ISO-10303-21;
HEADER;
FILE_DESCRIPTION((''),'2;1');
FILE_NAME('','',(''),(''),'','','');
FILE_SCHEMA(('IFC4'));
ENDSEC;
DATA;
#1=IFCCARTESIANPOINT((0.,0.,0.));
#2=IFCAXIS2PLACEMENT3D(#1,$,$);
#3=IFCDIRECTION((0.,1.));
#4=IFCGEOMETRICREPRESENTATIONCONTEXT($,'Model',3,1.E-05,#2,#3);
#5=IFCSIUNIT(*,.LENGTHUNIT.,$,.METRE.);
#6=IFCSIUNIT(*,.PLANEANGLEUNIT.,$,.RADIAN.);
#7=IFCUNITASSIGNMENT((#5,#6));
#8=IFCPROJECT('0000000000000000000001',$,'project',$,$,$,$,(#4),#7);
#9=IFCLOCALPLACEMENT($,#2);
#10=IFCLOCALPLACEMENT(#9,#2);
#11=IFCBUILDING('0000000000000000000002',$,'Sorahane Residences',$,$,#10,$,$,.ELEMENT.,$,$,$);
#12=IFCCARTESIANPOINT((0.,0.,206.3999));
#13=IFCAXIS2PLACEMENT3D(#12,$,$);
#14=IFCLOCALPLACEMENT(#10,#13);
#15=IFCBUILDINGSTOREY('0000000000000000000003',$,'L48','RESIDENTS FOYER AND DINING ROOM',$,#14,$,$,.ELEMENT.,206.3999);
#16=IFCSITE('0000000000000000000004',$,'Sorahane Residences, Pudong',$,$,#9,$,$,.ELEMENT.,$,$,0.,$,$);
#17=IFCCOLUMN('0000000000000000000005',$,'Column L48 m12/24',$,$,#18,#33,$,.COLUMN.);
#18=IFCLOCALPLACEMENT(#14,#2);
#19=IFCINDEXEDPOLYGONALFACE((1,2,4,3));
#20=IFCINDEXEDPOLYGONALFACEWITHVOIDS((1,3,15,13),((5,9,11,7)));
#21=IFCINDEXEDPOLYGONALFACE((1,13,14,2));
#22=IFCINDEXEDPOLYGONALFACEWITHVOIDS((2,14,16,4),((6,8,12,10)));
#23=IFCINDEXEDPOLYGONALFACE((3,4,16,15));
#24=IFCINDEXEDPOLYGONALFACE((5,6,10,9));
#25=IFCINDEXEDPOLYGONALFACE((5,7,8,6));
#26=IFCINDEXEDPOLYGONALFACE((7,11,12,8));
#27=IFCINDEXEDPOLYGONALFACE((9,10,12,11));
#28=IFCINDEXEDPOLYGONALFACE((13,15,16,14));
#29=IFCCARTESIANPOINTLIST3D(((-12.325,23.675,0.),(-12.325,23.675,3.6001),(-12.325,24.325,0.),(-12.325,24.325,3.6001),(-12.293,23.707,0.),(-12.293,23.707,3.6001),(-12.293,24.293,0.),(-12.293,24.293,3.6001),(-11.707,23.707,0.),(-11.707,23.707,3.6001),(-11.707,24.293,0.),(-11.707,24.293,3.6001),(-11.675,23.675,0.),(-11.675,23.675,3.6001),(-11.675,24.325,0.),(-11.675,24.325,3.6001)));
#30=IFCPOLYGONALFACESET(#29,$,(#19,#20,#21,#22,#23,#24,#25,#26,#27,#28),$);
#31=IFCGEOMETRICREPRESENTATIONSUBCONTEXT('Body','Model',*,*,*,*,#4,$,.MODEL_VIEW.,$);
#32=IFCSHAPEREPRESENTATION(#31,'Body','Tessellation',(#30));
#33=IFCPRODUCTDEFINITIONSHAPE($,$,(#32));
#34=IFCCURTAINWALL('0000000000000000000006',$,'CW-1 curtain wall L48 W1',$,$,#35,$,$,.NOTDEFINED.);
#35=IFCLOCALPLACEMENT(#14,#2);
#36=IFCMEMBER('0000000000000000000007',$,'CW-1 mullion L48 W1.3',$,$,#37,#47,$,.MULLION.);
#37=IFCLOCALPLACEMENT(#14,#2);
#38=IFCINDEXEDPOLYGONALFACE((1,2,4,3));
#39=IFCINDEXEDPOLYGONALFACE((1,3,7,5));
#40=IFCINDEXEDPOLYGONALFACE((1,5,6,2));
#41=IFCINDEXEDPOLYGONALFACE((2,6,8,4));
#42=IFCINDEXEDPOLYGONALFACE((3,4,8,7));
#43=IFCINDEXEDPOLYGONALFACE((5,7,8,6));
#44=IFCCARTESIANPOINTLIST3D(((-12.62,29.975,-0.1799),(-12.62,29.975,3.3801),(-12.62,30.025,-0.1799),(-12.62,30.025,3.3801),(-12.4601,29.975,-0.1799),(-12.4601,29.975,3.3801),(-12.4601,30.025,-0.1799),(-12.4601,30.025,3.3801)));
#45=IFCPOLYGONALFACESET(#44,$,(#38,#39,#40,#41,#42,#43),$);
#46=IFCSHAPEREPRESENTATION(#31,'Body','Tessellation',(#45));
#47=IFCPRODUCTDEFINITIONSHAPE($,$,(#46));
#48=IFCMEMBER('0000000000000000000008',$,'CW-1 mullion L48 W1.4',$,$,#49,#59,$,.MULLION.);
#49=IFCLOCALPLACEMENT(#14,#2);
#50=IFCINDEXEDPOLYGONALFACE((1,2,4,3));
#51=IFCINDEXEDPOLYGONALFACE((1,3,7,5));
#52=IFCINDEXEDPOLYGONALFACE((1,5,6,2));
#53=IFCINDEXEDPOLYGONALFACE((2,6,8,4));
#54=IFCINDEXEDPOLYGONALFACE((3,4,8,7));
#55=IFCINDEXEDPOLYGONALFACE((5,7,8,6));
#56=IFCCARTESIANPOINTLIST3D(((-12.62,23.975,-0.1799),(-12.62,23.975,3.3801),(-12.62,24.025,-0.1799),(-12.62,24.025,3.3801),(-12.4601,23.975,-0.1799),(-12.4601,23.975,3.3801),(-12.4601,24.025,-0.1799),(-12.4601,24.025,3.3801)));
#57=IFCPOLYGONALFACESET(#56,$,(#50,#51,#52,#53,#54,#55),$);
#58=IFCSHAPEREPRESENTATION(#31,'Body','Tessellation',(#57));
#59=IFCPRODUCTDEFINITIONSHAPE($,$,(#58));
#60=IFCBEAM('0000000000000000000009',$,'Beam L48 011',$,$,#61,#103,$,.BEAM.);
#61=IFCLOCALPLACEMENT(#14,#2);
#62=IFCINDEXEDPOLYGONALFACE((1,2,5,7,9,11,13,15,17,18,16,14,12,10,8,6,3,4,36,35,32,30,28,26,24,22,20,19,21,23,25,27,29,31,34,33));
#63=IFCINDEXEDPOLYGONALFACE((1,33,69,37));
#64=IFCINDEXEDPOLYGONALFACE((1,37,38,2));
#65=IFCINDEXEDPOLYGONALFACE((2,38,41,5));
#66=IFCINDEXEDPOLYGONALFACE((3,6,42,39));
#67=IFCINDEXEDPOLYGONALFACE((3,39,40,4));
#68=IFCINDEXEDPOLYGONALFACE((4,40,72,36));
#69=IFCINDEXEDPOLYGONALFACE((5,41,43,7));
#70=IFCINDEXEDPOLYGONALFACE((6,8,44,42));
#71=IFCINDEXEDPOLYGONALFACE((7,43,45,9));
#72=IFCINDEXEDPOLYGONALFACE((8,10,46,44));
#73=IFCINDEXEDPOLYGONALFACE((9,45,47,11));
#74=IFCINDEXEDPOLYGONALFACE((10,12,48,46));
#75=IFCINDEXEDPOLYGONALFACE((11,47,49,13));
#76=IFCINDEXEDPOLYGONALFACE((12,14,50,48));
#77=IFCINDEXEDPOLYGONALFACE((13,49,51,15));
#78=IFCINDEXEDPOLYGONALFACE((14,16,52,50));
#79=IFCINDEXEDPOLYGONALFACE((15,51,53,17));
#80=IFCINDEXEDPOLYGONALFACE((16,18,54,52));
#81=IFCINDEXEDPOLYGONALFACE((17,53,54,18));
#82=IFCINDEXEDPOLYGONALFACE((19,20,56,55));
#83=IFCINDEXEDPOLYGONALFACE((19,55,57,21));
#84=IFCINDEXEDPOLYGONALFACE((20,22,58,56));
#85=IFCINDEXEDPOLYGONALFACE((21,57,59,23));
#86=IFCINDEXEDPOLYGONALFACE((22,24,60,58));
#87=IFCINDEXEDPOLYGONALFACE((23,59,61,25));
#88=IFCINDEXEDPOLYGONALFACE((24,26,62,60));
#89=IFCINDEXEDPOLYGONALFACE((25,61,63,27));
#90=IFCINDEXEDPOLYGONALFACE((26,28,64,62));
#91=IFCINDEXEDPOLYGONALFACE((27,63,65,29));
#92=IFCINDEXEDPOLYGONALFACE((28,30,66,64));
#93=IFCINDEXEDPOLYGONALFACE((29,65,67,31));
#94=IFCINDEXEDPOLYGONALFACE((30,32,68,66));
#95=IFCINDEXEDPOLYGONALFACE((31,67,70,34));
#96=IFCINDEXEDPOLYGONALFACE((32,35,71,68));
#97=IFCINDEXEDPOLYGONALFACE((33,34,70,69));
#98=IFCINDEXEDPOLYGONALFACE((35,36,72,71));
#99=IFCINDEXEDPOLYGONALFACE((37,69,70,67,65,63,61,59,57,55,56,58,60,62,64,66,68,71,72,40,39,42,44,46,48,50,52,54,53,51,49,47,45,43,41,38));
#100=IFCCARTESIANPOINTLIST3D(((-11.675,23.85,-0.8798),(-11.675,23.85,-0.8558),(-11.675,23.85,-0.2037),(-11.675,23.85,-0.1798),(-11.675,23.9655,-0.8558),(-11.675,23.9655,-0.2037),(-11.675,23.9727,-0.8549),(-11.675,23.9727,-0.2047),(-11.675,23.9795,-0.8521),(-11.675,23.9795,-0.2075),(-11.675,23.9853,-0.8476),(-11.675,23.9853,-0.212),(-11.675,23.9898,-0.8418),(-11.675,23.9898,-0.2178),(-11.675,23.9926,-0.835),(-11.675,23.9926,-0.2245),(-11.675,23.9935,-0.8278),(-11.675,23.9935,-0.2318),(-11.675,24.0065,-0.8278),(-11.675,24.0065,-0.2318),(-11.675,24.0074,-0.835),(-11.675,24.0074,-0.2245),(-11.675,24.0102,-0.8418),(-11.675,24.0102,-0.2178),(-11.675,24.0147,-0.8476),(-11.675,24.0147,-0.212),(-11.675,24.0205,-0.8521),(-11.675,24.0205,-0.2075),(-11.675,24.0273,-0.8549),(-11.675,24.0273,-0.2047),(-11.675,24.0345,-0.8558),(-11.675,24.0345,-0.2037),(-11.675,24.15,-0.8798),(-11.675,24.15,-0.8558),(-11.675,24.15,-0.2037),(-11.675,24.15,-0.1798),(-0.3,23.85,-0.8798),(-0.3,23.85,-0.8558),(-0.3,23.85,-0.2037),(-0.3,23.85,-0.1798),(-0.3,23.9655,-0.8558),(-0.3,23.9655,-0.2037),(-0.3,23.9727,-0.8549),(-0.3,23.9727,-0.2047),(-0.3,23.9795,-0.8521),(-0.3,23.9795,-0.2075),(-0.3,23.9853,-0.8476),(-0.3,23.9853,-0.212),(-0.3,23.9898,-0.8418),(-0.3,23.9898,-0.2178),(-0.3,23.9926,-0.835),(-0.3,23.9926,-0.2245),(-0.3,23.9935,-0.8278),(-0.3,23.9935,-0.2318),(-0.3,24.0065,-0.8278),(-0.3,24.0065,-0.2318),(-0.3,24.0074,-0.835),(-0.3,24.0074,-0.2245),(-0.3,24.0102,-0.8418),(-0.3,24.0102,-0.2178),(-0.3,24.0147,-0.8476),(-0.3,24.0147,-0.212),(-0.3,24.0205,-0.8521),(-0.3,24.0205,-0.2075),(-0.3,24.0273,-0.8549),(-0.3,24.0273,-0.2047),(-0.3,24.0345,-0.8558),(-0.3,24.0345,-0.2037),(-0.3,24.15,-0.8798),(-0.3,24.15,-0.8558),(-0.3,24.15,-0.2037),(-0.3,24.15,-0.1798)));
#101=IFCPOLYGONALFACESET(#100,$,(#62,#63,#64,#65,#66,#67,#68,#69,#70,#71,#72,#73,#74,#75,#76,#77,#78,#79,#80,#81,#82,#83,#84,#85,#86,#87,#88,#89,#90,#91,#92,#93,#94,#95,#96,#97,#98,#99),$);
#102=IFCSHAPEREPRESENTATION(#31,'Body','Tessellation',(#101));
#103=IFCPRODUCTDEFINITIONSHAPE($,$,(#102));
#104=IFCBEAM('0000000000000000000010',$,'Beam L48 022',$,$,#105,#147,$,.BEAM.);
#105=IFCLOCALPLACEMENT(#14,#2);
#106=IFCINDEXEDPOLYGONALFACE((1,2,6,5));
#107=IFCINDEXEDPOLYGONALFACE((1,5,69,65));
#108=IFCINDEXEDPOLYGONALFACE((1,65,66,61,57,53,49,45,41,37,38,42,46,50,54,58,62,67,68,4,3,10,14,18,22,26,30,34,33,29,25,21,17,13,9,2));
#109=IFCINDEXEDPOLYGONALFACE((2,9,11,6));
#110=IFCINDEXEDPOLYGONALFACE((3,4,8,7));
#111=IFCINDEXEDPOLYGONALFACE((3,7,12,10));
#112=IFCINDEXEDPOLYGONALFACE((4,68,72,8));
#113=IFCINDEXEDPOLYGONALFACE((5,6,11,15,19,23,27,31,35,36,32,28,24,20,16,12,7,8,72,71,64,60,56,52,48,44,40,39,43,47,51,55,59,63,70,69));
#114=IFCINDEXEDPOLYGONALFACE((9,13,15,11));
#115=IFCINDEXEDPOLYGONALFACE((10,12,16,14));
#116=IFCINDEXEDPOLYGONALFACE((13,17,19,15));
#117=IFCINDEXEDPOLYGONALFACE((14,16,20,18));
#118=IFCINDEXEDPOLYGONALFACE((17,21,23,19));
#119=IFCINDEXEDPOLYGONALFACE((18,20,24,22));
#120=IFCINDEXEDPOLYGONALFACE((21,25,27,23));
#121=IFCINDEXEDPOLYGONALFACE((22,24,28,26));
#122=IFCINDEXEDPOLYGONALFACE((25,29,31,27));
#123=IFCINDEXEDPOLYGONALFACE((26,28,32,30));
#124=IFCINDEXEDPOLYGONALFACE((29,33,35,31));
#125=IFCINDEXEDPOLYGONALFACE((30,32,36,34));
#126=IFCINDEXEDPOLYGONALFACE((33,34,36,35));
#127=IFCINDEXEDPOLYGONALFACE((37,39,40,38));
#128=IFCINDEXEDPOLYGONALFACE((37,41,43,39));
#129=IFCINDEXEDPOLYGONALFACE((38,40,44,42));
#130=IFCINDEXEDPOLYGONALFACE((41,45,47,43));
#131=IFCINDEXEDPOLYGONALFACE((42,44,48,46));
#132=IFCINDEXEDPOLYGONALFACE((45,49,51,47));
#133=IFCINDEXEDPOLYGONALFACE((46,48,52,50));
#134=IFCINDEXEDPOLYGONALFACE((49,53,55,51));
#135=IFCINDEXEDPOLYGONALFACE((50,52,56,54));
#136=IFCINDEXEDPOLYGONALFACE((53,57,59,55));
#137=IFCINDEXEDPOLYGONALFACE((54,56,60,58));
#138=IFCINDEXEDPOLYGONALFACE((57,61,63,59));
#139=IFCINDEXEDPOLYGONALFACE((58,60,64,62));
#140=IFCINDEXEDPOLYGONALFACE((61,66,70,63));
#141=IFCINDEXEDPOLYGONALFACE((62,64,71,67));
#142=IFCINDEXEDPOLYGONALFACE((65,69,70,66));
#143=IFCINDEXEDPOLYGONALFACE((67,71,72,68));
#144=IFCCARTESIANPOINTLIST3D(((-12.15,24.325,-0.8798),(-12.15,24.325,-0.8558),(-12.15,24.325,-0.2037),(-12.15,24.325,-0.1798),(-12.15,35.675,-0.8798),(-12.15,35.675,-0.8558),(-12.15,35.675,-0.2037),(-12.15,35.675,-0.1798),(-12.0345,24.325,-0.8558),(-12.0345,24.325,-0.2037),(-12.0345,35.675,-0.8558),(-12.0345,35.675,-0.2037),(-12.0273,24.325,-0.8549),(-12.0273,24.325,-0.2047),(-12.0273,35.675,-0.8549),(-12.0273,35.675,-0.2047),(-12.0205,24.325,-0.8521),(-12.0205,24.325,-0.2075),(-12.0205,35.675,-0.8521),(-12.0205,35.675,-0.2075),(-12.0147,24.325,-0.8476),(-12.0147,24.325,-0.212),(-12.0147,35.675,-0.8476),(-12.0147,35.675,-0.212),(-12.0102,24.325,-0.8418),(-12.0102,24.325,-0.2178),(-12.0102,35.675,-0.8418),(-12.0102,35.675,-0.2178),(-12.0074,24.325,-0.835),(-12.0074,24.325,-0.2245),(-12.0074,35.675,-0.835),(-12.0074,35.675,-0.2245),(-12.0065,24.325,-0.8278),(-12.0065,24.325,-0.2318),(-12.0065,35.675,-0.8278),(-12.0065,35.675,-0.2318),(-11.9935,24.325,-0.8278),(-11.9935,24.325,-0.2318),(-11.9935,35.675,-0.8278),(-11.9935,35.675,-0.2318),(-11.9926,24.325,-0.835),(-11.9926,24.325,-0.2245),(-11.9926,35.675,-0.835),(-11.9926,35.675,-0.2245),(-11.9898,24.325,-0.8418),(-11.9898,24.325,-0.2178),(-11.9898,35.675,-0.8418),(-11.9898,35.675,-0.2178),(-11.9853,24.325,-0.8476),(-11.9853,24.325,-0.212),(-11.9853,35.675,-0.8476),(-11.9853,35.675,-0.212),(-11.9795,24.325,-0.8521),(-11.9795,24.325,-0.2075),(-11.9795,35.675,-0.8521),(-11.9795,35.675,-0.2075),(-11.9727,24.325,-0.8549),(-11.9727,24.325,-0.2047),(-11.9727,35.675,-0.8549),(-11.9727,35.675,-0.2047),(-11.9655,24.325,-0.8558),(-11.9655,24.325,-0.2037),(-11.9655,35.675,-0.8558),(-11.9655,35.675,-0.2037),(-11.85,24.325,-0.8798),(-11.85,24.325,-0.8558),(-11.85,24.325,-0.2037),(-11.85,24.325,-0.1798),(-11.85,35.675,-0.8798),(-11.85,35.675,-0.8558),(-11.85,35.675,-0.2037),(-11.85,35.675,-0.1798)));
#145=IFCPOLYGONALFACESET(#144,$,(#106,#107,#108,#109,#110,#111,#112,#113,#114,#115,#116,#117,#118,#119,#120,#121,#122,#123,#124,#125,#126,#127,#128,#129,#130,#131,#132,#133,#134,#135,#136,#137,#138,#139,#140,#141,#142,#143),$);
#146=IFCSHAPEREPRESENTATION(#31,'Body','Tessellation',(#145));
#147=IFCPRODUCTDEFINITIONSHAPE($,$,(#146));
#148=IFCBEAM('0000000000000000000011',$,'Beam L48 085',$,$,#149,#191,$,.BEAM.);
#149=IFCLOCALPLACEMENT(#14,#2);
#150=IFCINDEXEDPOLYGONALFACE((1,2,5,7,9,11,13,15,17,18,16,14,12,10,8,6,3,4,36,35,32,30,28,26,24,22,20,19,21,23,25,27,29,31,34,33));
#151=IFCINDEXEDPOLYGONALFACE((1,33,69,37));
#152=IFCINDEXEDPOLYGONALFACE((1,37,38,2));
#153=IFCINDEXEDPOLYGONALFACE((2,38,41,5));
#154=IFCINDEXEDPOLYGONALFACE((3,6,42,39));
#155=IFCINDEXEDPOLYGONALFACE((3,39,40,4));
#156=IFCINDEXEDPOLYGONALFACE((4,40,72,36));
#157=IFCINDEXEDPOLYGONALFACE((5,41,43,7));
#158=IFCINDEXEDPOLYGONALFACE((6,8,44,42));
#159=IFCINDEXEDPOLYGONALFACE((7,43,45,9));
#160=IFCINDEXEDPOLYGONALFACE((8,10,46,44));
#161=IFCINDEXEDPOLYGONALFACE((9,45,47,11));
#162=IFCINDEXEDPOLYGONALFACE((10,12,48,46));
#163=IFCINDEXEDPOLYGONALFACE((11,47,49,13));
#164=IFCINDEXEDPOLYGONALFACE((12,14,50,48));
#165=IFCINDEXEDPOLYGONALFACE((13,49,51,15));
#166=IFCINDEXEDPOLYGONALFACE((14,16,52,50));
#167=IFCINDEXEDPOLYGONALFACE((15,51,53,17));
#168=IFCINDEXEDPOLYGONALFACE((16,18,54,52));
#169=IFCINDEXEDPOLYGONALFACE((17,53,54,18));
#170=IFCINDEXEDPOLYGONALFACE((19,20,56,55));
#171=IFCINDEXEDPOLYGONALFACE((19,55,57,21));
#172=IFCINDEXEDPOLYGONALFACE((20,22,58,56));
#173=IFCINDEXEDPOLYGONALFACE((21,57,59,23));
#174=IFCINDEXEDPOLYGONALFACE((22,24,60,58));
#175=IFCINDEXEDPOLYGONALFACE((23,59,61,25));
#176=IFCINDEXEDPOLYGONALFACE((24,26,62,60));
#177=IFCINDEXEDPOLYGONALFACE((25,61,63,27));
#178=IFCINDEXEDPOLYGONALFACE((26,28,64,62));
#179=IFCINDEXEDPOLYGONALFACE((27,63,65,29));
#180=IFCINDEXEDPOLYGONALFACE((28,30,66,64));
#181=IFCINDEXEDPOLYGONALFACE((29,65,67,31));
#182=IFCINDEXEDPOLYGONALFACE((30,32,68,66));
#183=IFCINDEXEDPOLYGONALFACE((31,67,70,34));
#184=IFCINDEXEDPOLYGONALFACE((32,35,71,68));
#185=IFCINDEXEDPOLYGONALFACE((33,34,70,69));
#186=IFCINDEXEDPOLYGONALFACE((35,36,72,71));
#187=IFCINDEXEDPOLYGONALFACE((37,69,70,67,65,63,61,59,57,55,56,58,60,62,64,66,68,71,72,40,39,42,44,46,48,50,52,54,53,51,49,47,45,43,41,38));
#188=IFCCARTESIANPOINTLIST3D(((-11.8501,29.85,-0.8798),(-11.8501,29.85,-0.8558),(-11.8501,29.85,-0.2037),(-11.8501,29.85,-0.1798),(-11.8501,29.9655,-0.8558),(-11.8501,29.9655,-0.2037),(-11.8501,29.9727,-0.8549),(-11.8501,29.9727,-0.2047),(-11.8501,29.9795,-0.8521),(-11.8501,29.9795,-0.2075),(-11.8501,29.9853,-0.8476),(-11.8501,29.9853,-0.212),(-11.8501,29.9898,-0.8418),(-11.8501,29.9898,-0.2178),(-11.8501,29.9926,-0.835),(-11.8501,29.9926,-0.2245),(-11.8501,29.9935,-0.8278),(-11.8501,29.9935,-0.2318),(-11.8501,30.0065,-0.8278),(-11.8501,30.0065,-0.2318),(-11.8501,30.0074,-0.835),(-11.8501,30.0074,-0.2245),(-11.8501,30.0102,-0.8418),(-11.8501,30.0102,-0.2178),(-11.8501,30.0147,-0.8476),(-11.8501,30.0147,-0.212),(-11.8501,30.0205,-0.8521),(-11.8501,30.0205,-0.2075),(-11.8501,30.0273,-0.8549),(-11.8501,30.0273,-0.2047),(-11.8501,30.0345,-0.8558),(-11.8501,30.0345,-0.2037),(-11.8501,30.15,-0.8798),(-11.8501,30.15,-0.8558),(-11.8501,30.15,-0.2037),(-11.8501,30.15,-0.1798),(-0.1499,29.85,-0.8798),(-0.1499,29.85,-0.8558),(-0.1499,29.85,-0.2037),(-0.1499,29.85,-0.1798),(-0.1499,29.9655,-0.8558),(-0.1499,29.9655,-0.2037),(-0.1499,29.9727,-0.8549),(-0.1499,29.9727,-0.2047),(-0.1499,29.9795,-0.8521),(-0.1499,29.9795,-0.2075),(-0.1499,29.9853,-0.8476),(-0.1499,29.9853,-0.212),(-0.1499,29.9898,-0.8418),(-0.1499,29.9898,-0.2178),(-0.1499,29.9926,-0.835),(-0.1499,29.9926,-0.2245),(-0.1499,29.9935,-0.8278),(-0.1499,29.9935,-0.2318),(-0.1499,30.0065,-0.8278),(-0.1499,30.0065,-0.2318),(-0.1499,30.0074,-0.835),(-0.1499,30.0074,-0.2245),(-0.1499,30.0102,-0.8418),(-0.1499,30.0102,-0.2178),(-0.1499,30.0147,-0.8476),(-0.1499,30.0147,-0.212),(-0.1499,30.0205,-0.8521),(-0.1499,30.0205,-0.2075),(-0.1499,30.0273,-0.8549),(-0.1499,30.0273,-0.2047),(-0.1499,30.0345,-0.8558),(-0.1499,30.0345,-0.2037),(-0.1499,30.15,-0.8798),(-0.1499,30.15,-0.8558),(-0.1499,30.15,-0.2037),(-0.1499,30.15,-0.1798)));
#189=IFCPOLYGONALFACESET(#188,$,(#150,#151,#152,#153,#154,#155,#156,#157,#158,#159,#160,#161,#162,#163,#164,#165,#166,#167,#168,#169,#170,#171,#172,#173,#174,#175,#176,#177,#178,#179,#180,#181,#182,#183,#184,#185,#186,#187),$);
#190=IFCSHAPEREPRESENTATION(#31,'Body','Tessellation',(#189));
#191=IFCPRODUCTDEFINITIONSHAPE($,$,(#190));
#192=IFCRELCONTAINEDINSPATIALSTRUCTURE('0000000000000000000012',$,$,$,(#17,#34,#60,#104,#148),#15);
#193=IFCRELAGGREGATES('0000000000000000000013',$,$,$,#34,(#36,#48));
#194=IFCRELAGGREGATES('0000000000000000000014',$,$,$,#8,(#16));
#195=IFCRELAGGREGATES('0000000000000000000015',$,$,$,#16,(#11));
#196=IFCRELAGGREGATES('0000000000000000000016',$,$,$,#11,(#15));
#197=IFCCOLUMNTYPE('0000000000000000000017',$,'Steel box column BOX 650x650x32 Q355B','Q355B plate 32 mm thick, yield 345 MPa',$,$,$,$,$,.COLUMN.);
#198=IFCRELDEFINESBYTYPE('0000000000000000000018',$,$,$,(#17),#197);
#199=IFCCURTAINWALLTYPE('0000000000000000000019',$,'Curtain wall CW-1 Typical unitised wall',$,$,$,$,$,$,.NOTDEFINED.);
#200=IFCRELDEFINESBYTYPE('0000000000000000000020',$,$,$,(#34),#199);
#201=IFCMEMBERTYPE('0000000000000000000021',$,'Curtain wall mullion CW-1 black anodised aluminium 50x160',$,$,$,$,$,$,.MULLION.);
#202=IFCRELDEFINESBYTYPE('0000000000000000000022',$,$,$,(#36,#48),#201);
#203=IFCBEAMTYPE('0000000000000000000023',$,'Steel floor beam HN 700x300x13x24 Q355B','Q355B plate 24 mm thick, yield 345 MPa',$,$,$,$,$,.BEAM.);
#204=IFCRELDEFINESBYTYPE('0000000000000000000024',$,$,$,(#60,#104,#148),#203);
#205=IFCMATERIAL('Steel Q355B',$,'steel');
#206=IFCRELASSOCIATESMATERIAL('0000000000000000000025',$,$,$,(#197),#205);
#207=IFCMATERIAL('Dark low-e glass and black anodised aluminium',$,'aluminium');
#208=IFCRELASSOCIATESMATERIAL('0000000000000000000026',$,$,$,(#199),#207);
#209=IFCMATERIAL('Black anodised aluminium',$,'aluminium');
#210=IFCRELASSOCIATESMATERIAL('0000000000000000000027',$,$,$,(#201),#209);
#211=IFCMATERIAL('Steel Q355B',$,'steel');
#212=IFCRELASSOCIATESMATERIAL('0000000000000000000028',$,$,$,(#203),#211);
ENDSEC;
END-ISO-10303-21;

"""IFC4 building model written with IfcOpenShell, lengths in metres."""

from ifc_helpers import new_model, si_unit, direction, frame, origin, origin_2d, place, context, subcontext, project, spatial, rectangle, hollow_rectangle, i_section, extrude, material, material_profile, profile_set, type_object, element, aggregate, save


model = new_model("IFC4")

# Units and contexts
model_context = context("Model", 3, precision=1e-05, world=origin(), true_north=direction((0.0, 1.0)))
body_context = subcontext(model_context, "Body", "Model", "MODEL_VIEW")
ifc_project = project(units=[si_unit("LENGTHUNIT", "METRE"), si_unit("PLANEANGLEUNIT", "RADIAN")], contexts=[model_context])

# Site, building, storey
site_placement = place(None, origin())
site = spatial("IfcSite", under=ifc_project, at=site_placement, Name="Sorahane Residences, Pudong", CompositionType="ELEMENT", RefElevation=0.0)
building_placement = place(site_placement, origin())
building = spatial("IfcBuilding", under=site, at=building_placement, Name="Sorahane Residences", CompositionType="ELEMENT")
storey_placement = place(building_placement, frame((0.0, 0.0, 206.3999)))
storey = spatial("IfcBuildingStorey", under=building, at=storey_placement, Name="L48", Description="RESIDENTS FOYER AND DINING ROOM", CompositionType="ELEMENT", Elevation=206.3999)

# Column
ifc_material_1 = material(Name="Steel Q355B", Category="steel")
ifc_material_profile_1 = material_profile(ifc_material_1, hollow_rectangle(XDim=0.6499, YDim=0.6499, WallThickness=0.032, at=origin_2d()), Name="BOX 650x650x32")
ifc_profile_set_1 = profile_set([ifc_material_profile_1], Name="Steel Q355B")
column_type = type_object("IfcColumnType", Name="Steel box column BOX 650x650x32 Q355B", Description="Q355B plate 32 mm thick, yield 345 MPa", PredefinedType="COLUMN", material=ifc_profile_set_1)
column_placement = place(storey_placement, frame((-12.0, 24.0, 0.0), z_axis=(0.0, 0.0, 1.0), x_axis=(1.0, 0.0, 0.0)))
element("IfcColumn", 1, at=column_placement, inside=storey, type_object=column_type, Name="Column L48 m12/24", PredefinedType="COLUMN", context=body_context, shape_type="SweptSolid", body=[
    extrude(hollow_rectangle(XDim=0.6499, YDim=0.6499, WallThickness=0.032, at=origin_2d()), origin(), (0.0, 0.0, 1.0), 3.6001),
])

# Curtain wall, members
ifc_material_2 = material(Name="Dark low-e glass and black anodised aluminium", Category="aluminium")
curtain_wall_type = type_object("IfcCurtainWallType", Name="Curtain wall CW-1 Typical unitised wall", PredefinedType="NOTDEFINED", material=ifc_material_2)
curtain_wall_placement = place(storey_placement, origin())
curtain_wall = element("IfcCurtainWall", 2, at=curtain_wall_placement, inside=storey, type_object=curtain_wall_type, Name="CW-1 curtain wall L48 W1", PredefinedType="NOTDEFINED")
ifc_material_3 = material(Name="Black anodised aluminium", Category="aluminium")
ifc_material_profile_2 = material_profile(ifc_material_3, rectangle(XDim=0.1599, YDim=0.05, at=origin_2d()), Name="Curtain wall mullion CW-1 black anodised aluminium 50x160")
ifc_profile_set_2 = profile_set([ifc_material_profile_2], Name="Black anodised aluminium")
member_type = type_object("IfcMemberType", Name="Curtain wall mullion CW-1 black anodised aluminium 50x160", PredefinedType="MULLION", material=ifc_profile_set_2)
member_1_placement = place(storey_placement, frame((-12.54, 30.0, -0.1799), z_axis=(0.0, 0.0, 1.0), x_axis=(-1.0, 0.0, 0.0)))
member_1 = element("IfcMember", 3, at=member_1_placement, type_object=member_type, Name="CW-1 mullion L48 W1.3", PredefinedType="MULLION", context=body_context, shape_type="SweptSolid", body=[
    extrude(rectangle(XDim=0.1599, YDim=0.05, at=origin_2d()), origin(), (0.0, 0.0, 1.0), 3.5601),
])
member_2_placement = place(storey_placement, frame((-12.54, 24.0, -0.1799), z_axis=(0.0, 0.0, 1.0), x_axis=(-1.0, 0.0, 0.0)))
member_2 = element("IfcMember", 4, at=member_2_placement, type_object=member_type, Name="CW-1 mullion L48 W1.4", PredefinedType="MULLION", context=body_context, shape_type="SweptSolid", body=[
    extrude(rectangle(XDim=0.1599, YDim=0.05, at=origin_2d()), origin(), (0.0, 0.0, 1.0), 3.5601),
])

# Beams
ifc_material_4 = material(Name="Steel Q355B", Category="steel")
ifc_material_profile_3 = material_profile(ifc_material_4, i_section(OverallWidth=0.3, OverallDepth=0.7, WebThickness=0.0129, FlangeThickness=0.0239, FilletRadius=0.0281, at=origin_2d()), Name="HN 700x300x13x24")
ifc_profile_set_3 = profile_set([ifc_material_profile_3], Name="Steel Q355B")
beam_type = type_object("IfcBeamType", Name="Steel floor beam HN 700x300x13x24 Q355B", Description="Q355B plate 24 mm thick, yield 345 MPa", PredefinedType="BEAM", material=ifc_profile_set_3)
beam_1_placement = place(storey_placement, frame((-11.675, 24.0, -0.5298), z_axis=(1.0, 0.0, 0.0), x_axis=(0.0, 1.0, 0.0)))
element("IfcBeam", 5, at=beam_1_placement, inside=storey, type_object=beam_type, Name="Beam L48 011", PredefinedType="BEAM", context=body_context, shape_type="SweptSolid", body=[
    extrude(i_section(OverallWidth=0.3, OverallDepth=0.7, WebThickness=0.0129, FlangeThickness=0.0239, FilletRadius=0.0281, at=origin_2d()), origin(), (0.0, 0.0, 1.0), 11.375),
])
beam_2_placement = place(storey_placement, frame((-12.0, 24.325, -0.5298), z_axis=(0.0, 1.0, 0.0), x_axis=(-1.0, 0.0, 0.0)))
element("IfcBeam", 6, at=beam_2_placement, inside=storey, type_object=beam_type, Name="Beam L48 022", PredefinedType="BEAM", context=body_context, shape_type="SweptSolid", body=[
    extrude(i_section(OverallWidth=0.3, OverallDepth=0.7, WebThickness=0.0129, FlangeThickness=0.0239, FilletRadius=0.0281, at=origin_2d()), origin(), (0.0, 0.0, 1.0), 11.3501),
])
beam_3_placement = place(storey_placement, frame((-11.8501, 30.0, -0.5298), z_axis=(1.0, 0.0, 0.0), x_axis=(0.0, 1.0, 0.0)))
element("IfcBeam", 7, at=beam_3_placement, inside=storey, type_object=beam_type, Name="Beam L48 085", PredefinedType="BEAM", context=body_context, shape_type="SweptSolid", body=[
    extrude(i_section(OverallWidth=0.3, OverallDepth=0.7, WebThickness=0.0129, FlangeThickness=0.0239, FilletRadius=0.0281, at=origin_2d()), origin(), (0.0, 0.0, 1.0), 11.7002),
])

aggregate(curtain_wall, [member_1, member_2])

save(model, "model.ifc")
